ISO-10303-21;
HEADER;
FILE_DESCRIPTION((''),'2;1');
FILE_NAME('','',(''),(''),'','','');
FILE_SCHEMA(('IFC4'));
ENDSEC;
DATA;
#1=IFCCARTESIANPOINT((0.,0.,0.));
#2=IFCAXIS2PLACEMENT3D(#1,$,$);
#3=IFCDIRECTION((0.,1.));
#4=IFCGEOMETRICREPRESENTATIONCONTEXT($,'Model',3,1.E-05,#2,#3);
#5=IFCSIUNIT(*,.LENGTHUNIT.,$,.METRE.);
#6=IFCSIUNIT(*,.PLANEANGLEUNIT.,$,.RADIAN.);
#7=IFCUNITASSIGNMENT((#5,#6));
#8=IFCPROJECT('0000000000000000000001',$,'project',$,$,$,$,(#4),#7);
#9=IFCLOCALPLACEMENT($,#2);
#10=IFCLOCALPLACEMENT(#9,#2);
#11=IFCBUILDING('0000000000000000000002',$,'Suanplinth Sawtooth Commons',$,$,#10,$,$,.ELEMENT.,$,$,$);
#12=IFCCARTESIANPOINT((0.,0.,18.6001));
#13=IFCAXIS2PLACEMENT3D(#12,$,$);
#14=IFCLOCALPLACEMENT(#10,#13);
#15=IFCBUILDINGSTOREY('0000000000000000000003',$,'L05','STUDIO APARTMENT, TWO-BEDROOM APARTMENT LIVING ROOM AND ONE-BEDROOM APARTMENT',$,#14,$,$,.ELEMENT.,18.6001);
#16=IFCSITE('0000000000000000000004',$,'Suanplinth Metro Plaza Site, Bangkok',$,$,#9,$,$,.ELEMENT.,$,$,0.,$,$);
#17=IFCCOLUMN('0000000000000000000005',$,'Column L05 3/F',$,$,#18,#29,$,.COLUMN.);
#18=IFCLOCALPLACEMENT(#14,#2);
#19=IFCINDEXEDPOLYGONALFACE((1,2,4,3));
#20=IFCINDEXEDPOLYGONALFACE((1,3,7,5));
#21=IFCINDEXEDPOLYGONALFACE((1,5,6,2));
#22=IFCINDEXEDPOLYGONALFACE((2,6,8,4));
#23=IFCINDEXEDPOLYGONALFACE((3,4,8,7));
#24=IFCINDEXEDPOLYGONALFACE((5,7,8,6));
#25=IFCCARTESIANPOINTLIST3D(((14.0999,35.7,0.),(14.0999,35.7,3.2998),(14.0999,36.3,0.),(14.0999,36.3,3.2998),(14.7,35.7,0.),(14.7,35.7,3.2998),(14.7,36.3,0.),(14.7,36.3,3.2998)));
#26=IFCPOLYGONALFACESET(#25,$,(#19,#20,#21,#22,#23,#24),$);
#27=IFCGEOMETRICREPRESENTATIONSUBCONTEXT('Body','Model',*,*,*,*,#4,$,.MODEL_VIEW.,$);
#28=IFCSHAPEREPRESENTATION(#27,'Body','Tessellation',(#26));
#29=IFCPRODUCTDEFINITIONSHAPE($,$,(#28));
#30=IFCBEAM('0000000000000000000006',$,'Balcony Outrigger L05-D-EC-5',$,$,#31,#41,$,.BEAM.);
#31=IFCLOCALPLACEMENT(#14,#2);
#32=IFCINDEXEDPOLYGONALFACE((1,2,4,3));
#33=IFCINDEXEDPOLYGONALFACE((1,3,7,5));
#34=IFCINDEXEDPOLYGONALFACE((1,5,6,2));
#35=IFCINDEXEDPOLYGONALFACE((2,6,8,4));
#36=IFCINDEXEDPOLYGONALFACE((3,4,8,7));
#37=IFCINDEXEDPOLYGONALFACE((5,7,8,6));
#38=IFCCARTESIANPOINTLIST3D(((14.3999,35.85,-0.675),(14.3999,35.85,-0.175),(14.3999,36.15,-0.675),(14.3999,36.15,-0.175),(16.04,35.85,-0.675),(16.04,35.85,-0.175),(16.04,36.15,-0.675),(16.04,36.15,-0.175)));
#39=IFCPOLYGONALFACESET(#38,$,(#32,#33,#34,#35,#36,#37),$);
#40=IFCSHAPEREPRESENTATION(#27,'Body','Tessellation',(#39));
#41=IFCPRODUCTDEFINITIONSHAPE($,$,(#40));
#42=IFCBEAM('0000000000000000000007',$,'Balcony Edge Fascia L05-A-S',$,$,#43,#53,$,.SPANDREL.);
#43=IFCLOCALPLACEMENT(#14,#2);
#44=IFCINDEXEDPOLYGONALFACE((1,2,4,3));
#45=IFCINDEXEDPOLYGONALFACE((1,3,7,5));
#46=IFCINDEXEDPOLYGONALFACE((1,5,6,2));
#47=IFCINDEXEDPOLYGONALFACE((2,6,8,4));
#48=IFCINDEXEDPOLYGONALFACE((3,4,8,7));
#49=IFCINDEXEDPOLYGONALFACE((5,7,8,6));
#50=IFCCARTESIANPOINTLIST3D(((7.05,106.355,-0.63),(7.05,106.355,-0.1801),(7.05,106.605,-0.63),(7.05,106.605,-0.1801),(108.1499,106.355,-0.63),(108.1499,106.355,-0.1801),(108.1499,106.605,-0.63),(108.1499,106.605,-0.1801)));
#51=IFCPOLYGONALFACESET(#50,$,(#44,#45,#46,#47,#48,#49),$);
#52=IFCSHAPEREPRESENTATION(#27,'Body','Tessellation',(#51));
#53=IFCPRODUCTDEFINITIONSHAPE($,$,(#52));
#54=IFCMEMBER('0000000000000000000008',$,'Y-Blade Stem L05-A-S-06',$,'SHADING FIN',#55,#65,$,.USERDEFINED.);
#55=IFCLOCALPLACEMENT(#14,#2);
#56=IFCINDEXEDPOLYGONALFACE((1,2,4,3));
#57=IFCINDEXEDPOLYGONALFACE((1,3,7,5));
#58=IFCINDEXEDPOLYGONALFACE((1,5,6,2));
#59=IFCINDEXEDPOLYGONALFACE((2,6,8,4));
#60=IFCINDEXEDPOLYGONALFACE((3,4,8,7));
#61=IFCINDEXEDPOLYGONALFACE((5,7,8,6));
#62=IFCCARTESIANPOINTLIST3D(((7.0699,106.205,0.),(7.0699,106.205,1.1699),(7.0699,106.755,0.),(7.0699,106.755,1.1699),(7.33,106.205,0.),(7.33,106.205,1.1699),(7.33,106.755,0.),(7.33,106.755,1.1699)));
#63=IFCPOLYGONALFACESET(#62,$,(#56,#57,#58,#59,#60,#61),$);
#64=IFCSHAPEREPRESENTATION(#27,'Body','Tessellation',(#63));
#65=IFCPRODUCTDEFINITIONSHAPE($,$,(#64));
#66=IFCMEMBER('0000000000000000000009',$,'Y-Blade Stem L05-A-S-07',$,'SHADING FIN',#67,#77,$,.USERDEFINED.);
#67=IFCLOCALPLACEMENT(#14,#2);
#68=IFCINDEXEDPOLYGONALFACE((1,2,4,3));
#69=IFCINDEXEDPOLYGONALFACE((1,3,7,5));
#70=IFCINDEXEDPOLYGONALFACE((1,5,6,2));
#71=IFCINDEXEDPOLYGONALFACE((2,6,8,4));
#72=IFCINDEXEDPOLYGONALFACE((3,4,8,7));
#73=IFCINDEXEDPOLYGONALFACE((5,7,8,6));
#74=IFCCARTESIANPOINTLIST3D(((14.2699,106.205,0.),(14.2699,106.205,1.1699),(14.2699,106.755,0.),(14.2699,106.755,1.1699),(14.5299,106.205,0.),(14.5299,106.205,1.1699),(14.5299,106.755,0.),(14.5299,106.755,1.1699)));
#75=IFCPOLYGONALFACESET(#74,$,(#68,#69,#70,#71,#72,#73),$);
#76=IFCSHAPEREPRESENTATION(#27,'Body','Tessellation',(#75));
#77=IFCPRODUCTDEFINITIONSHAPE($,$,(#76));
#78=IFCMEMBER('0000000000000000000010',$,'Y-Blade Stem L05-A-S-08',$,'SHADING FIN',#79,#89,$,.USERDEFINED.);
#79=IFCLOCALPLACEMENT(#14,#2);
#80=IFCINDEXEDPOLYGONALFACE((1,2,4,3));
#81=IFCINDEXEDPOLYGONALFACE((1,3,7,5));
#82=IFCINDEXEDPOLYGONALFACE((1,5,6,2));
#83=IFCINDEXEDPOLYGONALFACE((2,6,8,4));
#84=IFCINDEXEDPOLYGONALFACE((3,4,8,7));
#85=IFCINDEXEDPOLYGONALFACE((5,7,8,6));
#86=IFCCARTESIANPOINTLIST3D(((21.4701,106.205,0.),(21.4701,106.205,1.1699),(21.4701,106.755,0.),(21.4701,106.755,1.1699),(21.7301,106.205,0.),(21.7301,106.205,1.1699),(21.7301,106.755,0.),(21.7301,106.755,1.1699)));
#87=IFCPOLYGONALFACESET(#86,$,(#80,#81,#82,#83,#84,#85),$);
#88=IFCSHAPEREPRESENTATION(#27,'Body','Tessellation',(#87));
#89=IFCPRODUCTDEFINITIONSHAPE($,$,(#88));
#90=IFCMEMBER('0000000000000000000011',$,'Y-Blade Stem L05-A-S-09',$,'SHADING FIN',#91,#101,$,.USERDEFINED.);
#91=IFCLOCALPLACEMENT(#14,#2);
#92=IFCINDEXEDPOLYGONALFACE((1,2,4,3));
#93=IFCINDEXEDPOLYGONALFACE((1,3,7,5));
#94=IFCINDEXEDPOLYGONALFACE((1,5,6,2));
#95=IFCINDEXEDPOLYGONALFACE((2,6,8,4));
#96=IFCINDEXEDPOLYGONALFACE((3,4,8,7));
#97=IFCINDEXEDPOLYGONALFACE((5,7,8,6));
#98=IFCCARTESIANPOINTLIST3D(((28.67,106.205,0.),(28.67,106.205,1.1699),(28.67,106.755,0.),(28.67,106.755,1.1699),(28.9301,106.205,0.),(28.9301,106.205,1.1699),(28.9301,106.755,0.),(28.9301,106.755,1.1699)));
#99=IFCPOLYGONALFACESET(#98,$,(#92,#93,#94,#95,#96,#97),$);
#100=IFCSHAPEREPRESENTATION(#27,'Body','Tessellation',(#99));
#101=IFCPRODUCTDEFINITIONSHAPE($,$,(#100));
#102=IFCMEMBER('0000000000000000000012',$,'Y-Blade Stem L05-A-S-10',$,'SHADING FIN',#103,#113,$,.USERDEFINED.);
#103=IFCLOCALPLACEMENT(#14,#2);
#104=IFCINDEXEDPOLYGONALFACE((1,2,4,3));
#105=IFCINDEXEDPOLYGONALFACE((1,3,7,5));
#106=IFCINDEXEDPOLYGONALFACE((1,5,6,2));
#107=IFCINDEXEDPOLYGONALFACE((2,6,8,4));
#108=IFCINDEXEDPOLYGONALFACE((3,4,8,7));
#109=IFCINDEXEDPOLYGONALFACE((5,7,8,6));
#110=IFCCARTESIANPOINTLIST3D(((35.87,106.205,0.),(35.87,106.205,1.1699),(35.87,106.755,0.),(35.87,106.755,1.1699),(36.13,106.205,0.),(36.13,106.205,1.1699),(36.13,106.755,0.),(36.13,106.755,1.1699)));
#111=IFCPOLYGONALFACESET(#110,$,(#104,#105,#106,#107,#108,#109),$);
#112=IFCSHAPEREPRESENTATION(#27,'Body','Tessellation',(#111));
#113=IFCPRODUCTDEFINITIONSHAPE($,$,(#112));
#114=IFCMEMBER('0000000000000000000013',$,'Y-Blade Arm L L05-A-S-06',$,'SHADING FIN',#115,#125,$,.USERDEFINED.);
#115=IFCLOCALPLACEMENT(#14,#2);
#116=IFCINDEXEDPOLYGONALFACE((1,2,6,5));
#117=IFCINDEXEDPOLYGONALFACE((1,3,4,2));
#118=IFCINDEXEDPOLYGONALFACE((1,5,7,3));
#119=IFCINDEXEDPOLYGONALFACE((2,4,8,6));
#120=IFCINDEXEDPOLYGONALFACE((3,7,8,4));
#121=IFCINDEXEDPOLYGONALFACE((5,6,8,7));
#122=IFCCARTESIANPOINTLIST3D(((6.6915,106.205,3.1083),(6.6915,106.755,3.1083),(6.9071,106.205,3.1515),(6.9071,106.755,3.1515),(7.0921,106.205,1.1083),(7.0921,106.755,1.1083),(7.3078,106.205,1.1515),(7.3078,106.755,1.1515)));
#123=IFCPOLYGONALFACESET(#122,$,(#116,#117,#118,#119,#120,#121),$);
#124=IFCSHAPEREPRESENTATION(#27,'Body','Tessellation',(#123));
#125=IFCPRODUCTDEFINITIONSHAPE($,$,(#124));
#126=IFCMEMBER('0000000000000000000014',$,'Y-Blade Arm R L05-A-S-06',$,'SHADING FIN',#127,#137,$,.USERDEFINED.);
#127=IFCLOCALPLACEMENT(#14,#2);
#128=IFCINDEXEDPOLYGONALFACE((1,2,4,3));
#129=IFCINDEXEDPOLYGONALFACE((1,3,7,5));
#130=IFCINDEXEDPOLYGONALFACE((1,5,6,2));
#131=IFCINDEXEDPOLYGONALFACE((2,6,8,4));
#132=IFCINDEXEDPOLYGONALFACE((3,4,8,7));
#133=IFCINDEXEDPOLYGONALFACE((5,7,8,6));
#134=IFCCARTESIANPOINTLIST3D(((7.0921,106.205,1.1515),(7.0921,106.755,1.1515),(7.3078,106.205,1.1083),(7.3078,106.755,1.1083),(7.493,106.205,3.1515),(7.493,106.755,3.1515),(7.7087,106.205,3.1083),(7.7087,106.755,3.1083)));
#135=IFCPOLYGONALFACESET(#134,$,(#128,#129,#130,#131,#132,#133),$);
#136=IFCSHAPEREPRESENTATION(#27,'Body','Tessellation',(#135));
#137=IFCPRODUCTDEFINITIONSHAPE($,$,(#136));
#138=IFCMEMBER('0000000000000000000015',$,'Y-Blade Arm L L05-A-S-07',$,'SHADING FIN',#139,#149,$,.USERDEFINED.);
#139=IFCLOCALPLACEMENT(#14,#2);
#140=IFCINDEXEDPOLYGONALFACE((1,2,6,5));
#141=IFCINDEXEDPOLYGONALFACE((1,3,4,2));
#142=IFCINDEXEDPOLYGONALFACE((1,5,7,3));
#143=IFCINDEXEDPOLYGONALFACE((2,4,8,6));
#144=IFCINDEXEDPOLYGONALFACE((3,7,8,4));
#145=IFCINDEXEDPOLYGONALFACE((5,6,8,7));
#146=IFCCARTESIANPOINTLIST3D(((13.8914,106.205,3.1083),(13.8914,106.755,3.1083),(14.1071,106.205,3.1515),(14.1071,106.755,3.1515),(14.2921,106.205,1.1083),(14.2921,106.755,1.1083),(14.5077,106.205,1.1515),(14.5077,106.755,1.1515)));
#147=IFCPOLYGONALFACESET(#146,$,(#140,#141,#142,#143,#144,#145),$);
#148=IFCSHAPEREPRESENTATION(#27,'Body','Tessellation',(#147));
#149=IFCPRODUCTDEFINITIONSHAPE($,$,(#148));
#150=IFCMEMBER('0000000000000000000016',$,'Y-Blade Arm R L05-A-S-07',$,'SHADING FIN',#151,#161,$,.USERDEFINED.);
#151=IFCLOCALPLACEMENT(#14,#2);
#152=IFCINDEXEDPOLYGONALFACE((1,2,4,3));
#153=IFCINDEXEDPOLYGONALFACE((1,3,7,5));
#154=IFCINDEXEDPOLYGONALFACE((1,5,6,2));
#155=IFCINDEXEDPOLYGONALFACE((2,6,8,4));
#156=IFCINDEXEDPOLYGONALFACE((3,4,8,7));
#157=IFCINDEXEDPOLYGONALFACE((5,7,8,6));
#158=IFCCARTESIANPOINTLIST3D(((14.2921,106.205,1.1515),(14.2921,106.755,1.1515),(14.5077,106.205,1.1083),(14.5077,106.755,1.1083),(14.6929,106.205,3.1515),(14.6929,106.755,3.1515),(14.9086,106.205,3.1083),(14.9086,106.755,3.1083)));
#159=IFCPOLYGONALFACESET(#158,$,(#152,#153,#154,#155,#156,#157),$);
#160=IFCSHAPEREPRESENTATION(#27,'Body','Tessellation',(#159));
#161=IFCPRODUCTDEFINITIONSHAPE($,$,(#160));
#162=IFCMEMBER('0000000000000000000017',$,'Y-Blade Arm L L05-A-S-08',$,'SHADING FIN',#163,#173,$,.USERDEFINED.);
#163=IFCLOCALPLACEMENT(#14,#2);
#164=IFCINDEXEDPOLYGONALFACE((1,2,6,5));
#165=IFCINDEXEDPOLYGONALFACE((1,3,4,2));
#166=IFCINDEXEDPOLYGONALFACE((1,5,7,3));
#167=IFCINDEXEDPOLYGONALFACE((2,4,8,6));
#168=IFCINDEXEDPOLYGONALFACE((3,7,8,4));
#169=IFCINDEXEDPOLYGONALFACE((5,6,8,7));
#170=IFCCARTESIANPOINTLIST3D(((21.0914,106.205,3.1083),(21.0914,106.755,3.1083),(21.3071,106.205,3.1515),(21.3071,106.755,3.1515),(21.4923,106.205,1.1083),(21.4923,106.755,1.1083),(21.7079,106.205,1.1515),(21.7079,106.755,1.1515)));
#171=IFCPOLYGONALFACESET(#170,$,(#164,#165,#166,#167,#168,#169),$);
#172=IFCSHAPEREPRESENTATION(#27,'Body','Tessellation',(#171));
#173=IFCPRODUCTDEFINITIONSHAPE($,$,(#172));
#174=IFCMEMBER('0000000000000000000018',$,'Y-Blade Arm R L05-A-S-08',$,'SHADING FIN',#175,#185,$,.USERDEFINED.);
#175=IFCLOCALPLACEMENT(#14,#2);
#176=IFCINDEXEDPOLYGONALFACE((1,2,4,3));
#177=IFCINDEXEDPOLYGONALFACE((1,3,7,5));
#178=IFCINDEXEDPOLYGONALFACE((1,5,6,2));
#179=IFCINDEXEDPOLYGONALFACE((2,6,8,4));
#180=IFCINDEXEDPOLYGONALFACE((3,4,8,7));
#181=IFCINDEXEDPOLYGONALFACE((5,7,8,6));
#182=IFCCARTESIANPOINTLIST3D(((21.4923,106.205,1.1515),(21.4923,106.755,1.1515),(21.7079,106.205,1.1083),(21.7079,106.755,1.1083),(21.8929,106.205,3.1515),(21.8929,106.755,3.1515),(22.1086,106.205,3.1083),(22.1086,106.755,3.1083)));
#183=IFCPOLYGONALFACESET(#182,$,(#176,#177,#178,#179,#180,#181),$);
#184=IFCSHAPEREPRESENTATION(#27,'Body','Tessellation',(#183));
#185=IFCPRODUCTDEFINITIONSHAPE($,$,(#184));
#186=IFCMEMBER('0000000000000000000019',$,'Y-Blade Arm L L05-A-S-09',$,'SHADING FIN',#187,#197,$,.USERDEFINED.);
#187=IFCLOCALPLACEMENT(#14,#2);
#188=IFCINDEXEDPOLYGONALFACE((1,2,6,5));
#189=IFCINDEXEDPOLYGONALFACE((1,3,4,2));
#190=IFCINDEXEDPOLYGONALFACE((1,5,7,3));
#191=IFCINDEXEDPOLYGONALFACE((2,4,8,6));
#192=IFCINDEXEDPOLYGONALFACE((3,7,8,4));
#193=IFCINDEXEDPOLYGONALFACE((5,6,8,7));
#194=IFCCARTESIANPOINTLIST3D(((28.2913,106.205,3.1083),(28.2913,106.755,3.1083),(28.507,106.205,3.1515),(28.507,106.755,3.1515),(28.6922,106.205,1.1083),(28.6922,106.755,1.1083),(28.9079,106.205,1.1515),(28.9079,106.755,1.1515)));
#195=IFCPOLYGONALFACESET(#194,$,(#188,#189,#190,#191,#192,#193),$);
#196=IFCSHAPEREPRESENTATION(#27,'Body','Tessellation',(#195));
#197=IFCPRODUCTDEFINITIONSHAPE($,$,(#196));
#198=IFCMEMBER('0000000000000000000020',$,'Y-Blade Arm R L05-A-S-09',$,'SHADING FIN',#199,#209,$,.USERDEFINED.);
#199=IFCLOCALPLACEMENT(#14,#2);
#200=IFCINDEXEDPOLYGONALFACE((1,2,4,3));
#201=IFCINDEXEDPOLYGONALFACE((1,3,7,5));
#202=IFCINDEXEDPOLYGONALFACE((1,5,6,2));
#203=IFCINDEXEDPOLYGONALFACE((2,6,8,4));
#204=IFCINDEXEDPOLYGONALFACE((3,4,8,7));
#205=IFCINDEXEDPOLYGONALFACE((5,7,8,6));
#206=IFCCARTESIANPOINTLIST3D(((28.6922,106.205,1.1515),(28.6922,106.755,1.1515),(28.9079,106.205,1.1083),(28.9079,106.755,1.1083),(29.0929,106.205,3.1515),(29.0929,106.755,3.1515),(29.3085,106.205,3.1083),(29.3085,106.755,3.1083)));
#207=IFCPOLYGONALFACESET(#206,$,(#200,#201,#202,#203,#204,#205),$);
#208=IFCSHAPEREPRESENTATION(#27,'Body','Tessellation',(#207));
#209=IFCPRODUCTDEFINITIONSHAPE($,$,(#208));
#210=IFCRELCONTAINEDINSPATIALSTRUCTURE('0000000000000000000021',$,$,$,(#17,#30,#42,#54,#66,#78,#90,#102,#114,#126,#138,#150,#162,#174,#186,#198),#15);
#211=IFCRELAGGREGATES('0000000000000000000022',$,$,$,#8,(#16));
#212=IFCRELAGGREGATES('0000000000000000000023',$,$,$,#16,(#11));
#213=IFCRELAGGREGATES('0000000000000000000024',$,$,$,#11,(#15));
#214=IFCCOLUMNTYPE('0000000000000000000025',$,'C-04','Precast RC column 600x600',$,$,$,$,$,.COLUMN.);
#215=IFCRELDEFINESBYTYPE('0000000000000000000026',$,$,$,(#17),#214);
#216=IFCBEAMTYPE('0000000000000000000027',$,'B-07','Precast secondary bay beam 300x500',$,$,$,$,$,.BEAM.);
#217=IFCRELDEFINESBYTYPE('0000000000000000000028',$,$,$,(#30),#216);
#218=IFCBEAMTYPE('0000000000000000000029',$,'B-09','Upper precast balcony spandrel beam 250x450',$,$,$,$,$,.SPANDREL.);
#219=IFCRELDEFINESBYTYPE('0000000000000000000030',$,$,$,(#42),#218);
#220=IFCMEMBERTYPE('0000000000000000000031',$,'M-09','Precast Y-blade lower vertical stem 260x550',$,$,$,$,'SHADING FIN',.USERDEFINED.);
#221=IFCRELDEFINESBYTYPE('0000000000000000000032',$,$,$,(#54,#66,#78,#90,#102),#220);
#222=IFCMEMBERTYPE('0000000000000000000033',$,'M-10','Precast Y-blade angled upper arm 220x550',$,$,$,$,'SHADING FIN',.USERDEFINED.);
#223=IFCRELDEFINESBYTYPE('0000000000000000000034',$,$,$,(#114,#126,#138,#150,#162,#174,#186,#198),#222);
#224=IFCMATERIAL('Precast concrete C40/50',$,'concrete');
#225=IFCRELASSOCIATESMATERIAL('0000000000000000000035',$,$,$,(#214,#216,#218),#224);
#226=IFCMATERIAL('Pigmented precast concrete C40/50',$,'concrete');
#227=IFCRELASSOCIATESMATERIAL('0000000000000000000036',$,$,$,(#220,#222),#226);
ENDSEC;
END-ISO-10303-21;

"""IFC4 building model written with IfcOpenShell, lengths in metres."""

from ifc_helpers import new_model, si_unit, direction, frame, origin, origin_2d, place, context, subcontext, project, spatial, rectangle, extrude, material, material_profile, profile_set, type_object, element, save


model = new_model("IFC4")

# Units and contexts
model_context = context("Model", 3, precision=1e-05, world=origin(), true_north=direction((0.0, 1.0)))
body_context = subcontext(model_context, "Body", "Model", "MODEL_VIEW")
ifc_project = project(units=[si_unit("LENGTHUNIT", "METRE"), si_unit("PLANEANGLEUNIT", "RADIAN")], contexts=[model_context])

# Site, building, storey
site_placement = place(None, origin())
site = spatial("IfcSite", under=ifc_project, at=site_placement, Name="Suanplinth Metro Plaza Site, Bangkok", CompositionType="ELEMENT", RefElevation=0.0)
building_placement = place(site_placement, origin())
building = spatial("IfcBuilding", under=site, at=building_placement, Name="Suanplinth Sawtooth Commons", CompositionType="ELEMENT")
storey_placement = place(building_placement, frame((0.0, 0.0, 18.6001)))
storey = spatial("IfcBuildingStorey", under=building, at=storey_placement, Name="L05", Description="STUDIO APARTMENT, TWO-BEDROOM APARTMENT LIVING ROOM AND ONE-BEDROOM APARTMENT", CompositionType="ELEMENT", Elevation=18.6001)

# Column
ifc_material_1 = material(Name="Precast concrete C40/50", Category="concrete")
ifc_material_profile_1 = material_profile(ifc_material_1, rectangle(XDim=0.6001, YDim=0.6001, at=origin_2d()), Name="PC-COL 600x600")
ifc_profile_set_1 = profile_set([ifc_material_profile_1], Name="Precast concrete C40/50")
column_type = type_object("IfcColumnType", Name="C-04", Description="Precast RC column 600x600", PredefinedType="COLUMN", material=ifc_profile_set_1)
column_placement = place(storey_placement, frame((14.3999, 36.0, 0.0), z_axis=(0.0, 0.0, 1.0), x_axis=(1.0, 0.0, 0.0)))
element("IfcColumn", 1, at=column_placement, inside=storey, type_object=column_type, Name="Column L05 3/F", PredefinedType="COLUMN", context=body_context, shape_type="SweptSolid", body=[
    extrude(rectangle(XDim=0.6001, YDim=0.6001, at=origin_2d()), origin(), (0.0, 0.0, 1.0), 3.2998),
])

# Beams
ifc_material_profile_2 = material_profile(ifc_material_1, rectangle(XDim=0.3, YDim=0.5, at=origin_2d()), Name="PC-BM 300x500")
ifc_profile_set_2 = profile_set([ifc_material_profile_2], Name="Precast concrete C40/50")
beam_type_1 = type_object("IfcBeamType", Name="B-07", Description="Precast secondary bay beam 300x500", PredefinedType="BEAM", material=ifc_profile_set_2)
beam_1_placement = place(storey_placement, frame((14.3999, 36.0, -0.425), z_axis=(1.0, 0.0, 0.0), x_axis=(0.0, 1.0, 0.0)))
element("IfcBeam", 2, at=beam_1_placement, inside=storey, type_object=beam_type_1, Name="Balcony Outrigger L05-D-EC-5", PredefinedType="BEAM", context=body_context, shape_type="SweptSolid", body=[
    extrude(rectangle(XDim=0.3, YDim=0.5, at=origin_2d()), origin(), (0.0, 0.0, 1.0), 1.6401),
])
ifc_material_profile_3 = material_profile(ifc_material_1, rectangle(XDim=0.25, YDim=0.45, at=origin_2d()), Name="PC-SP 250x450")
ifc_profile_set_3 = profile_set([ifc_material_profile_3], Name="Precast concrete C40/50")
beam_type_2 = type_object("IfcBeamType", Name="B-09", Description="Upper precast balcony spandrel beam 250x450", PredefinedType="SPANDREL", material=ifc_profile_set_3)
beam_2_placement = place(storey_placement, frame((7.05, 106.48, -0.405), z_axis=(1.0, 0.0, 0.0), x_axis=(0.0, 1.0, 0.0)))
element("IfcBeam", 3, at=beam_2_placement, inside=storey, type_object=beam_type_2, Name="Balcony Edge Fascia L05-A-S", PredefinedType="SPANDREL", context=body_context, shape_type="SweptSolid", body=[
    extrude(rectangle(XDim=0.25, YDim=0.45, at=origin_2d()), origin(), (0.0, 0.0, 1.0), 101.0999),
])

# Members
ifc_material_2 = material(Name="Pigmented precast concrete C40/50", Category="concrete")
ifc_material_profile_4 = material_profile(ifc_material_2, rectangle(XDim=0.26, YDim=0.55, at=origin_2d()), Name="PC-FIN 260x550")
ifc_profile_set_4 = profile_set([ifc_material_profile_4], Name="Pigmented precast concrete C40/50")
member_type_1 = type_object("IfcMemberType", Name="M-09", Description="Precast Y-blade lower vertical stem 260x550", ElementType="SHADING FIN", PredefinedType="USERDEFINED", material=ifc_profile_set_4)
for number, where, z_axis, x_axis, name in (
    (4, (7.2, 106.48, 0.0), (0.0, 0.0, 1.0), (1.0, 0.0, 0.0), "Y-Blade Stem L05-A-S-06"),
    (5, (14.3999, 106.48, 0.0), (0.0, 0.0, 1.0), (1.0, 0.0, 0.0), "Y-Blade Stem L05-A-S-07"),
    (6, (21.6001, 106.48, 0.0), (0.0, 0.0, 1.0), (1.0, 0.0, 0.0), "Y-Blade Stem L05-A-S-08"),
    (7, (28.8, 106.48, 0.0), (0.0, 0.0, 1.0), (1.0, 0.0, 0.0), "Y-Blade Stem L05-A-S-09"),
    (8, (36.0, 106.48, 0.0), (0.0, 0.0, 1.0), (1.0, 0.0, 0.0), "Y-Blade Stem L05-A-S-10"),
):
    element("IfcMember", number, at=place(storey_placement, frame(where, z_axis=z_axis, x_axis=x_axis)), inside=storey, type_object=member_type_1, Name=name, ObjectType="SHADING FIN", PredefinedType="USERDEFINED", context=body_context, shape_type="SweptSolid", body=[
        extrude(rectangle(XDim=0.26, YDim=0.55, at=origin_2d()), origin(), (0.0, 0.0, 1.0), 1.1699),
    ])
ifc_material_profile_5 = material_profile(ifc_material_2, rectangle(XDim=0.22, YDim=0.55, at=origin_2d()), Name="PC-FIN 220x550")
ifc_profile_set_5 = profile_set([ifc_material_profile_5], Name="Pigmented precast concrete C40/50")
member_type_2 = type_object("IfcMemberType", Name="M-10", Description="Precast Y-blade angled upper arm 220x550", ElementType="SHADING FIN", PredefinedType="USERDEFINED", material=ifc_profile_set_5)
for number, where, z_axis, x_axis, name in (
    (9, (7.2, 106.48, 1.1299), (-0.196415, 0.0, 0.980521), (0.980521, 0.0, 0.196415), "Y-Blade Arm L L05-A-S-06"),
    (10, (7.2, 106.48, 1.1299), (0.19653, 0.0, 0.980498), (-0.980498, 0.0, 0.19653), "Y-Blade Arm R L05-A-S-06"),
    (11, (14.3999, 106.48, 1.1299), (-0.196415, 0.0, 0.980521), (0.980521, 0.0, 0.196415), "Y-Blade Arm L L05-A-S-07"),
    (12, (14.3999, 106.48, 1.1299), (0.19653, 0.0, 0.980498), (-0.980498, 0.0, 0.19653), "Y-Blade Arm R L05-A-S-07"),
    (13, (21.6001, 106.48, 1.1299), (-0.19653, 0.0, 0.980498), (0.980498, 0.0, 0.19653), "Y-Blade Arm L L05-A-S-08"),
    (14, (21.6001, 106.48, 1.1299), (0.196415, 0.0, 0.980521), (-0.980521, 0.0, 0.196415), "Y-Blade Arm R L05-A-S-08"),
    (15, (28.8, 106.48, 1.1299), (-0.19653, 0.0, 0.980498), (0.980498, 0.0, 0.19653), "Y-Blade Arm L L05-A-S-09"),
    (16, (28.8, 106.48, 1.1299), (0.196415, 0.0, 0.980521), (-0.980521, 0.0, 0.196415), "Y-Blade Arm R L05-A-S-09"),
):
    element("IfcMember", number, at=place(storey_placement, frame(where, z_axis=z_axis, x_axis=x_axis)), inside=storey, type_object=member_type_2, Name=name, ObjectType="SHADING FIN", PredefinedType="USERDEFINED", context=body_context, shape_type="SweptSolid", body=[
        extrude(rectangle(XDim=0.22, YDim=0.55, at=origin_2d()), origin(), (0.0, 0.0, 1.0), 2.0398),
    ])

save(model, "model.ifc")
